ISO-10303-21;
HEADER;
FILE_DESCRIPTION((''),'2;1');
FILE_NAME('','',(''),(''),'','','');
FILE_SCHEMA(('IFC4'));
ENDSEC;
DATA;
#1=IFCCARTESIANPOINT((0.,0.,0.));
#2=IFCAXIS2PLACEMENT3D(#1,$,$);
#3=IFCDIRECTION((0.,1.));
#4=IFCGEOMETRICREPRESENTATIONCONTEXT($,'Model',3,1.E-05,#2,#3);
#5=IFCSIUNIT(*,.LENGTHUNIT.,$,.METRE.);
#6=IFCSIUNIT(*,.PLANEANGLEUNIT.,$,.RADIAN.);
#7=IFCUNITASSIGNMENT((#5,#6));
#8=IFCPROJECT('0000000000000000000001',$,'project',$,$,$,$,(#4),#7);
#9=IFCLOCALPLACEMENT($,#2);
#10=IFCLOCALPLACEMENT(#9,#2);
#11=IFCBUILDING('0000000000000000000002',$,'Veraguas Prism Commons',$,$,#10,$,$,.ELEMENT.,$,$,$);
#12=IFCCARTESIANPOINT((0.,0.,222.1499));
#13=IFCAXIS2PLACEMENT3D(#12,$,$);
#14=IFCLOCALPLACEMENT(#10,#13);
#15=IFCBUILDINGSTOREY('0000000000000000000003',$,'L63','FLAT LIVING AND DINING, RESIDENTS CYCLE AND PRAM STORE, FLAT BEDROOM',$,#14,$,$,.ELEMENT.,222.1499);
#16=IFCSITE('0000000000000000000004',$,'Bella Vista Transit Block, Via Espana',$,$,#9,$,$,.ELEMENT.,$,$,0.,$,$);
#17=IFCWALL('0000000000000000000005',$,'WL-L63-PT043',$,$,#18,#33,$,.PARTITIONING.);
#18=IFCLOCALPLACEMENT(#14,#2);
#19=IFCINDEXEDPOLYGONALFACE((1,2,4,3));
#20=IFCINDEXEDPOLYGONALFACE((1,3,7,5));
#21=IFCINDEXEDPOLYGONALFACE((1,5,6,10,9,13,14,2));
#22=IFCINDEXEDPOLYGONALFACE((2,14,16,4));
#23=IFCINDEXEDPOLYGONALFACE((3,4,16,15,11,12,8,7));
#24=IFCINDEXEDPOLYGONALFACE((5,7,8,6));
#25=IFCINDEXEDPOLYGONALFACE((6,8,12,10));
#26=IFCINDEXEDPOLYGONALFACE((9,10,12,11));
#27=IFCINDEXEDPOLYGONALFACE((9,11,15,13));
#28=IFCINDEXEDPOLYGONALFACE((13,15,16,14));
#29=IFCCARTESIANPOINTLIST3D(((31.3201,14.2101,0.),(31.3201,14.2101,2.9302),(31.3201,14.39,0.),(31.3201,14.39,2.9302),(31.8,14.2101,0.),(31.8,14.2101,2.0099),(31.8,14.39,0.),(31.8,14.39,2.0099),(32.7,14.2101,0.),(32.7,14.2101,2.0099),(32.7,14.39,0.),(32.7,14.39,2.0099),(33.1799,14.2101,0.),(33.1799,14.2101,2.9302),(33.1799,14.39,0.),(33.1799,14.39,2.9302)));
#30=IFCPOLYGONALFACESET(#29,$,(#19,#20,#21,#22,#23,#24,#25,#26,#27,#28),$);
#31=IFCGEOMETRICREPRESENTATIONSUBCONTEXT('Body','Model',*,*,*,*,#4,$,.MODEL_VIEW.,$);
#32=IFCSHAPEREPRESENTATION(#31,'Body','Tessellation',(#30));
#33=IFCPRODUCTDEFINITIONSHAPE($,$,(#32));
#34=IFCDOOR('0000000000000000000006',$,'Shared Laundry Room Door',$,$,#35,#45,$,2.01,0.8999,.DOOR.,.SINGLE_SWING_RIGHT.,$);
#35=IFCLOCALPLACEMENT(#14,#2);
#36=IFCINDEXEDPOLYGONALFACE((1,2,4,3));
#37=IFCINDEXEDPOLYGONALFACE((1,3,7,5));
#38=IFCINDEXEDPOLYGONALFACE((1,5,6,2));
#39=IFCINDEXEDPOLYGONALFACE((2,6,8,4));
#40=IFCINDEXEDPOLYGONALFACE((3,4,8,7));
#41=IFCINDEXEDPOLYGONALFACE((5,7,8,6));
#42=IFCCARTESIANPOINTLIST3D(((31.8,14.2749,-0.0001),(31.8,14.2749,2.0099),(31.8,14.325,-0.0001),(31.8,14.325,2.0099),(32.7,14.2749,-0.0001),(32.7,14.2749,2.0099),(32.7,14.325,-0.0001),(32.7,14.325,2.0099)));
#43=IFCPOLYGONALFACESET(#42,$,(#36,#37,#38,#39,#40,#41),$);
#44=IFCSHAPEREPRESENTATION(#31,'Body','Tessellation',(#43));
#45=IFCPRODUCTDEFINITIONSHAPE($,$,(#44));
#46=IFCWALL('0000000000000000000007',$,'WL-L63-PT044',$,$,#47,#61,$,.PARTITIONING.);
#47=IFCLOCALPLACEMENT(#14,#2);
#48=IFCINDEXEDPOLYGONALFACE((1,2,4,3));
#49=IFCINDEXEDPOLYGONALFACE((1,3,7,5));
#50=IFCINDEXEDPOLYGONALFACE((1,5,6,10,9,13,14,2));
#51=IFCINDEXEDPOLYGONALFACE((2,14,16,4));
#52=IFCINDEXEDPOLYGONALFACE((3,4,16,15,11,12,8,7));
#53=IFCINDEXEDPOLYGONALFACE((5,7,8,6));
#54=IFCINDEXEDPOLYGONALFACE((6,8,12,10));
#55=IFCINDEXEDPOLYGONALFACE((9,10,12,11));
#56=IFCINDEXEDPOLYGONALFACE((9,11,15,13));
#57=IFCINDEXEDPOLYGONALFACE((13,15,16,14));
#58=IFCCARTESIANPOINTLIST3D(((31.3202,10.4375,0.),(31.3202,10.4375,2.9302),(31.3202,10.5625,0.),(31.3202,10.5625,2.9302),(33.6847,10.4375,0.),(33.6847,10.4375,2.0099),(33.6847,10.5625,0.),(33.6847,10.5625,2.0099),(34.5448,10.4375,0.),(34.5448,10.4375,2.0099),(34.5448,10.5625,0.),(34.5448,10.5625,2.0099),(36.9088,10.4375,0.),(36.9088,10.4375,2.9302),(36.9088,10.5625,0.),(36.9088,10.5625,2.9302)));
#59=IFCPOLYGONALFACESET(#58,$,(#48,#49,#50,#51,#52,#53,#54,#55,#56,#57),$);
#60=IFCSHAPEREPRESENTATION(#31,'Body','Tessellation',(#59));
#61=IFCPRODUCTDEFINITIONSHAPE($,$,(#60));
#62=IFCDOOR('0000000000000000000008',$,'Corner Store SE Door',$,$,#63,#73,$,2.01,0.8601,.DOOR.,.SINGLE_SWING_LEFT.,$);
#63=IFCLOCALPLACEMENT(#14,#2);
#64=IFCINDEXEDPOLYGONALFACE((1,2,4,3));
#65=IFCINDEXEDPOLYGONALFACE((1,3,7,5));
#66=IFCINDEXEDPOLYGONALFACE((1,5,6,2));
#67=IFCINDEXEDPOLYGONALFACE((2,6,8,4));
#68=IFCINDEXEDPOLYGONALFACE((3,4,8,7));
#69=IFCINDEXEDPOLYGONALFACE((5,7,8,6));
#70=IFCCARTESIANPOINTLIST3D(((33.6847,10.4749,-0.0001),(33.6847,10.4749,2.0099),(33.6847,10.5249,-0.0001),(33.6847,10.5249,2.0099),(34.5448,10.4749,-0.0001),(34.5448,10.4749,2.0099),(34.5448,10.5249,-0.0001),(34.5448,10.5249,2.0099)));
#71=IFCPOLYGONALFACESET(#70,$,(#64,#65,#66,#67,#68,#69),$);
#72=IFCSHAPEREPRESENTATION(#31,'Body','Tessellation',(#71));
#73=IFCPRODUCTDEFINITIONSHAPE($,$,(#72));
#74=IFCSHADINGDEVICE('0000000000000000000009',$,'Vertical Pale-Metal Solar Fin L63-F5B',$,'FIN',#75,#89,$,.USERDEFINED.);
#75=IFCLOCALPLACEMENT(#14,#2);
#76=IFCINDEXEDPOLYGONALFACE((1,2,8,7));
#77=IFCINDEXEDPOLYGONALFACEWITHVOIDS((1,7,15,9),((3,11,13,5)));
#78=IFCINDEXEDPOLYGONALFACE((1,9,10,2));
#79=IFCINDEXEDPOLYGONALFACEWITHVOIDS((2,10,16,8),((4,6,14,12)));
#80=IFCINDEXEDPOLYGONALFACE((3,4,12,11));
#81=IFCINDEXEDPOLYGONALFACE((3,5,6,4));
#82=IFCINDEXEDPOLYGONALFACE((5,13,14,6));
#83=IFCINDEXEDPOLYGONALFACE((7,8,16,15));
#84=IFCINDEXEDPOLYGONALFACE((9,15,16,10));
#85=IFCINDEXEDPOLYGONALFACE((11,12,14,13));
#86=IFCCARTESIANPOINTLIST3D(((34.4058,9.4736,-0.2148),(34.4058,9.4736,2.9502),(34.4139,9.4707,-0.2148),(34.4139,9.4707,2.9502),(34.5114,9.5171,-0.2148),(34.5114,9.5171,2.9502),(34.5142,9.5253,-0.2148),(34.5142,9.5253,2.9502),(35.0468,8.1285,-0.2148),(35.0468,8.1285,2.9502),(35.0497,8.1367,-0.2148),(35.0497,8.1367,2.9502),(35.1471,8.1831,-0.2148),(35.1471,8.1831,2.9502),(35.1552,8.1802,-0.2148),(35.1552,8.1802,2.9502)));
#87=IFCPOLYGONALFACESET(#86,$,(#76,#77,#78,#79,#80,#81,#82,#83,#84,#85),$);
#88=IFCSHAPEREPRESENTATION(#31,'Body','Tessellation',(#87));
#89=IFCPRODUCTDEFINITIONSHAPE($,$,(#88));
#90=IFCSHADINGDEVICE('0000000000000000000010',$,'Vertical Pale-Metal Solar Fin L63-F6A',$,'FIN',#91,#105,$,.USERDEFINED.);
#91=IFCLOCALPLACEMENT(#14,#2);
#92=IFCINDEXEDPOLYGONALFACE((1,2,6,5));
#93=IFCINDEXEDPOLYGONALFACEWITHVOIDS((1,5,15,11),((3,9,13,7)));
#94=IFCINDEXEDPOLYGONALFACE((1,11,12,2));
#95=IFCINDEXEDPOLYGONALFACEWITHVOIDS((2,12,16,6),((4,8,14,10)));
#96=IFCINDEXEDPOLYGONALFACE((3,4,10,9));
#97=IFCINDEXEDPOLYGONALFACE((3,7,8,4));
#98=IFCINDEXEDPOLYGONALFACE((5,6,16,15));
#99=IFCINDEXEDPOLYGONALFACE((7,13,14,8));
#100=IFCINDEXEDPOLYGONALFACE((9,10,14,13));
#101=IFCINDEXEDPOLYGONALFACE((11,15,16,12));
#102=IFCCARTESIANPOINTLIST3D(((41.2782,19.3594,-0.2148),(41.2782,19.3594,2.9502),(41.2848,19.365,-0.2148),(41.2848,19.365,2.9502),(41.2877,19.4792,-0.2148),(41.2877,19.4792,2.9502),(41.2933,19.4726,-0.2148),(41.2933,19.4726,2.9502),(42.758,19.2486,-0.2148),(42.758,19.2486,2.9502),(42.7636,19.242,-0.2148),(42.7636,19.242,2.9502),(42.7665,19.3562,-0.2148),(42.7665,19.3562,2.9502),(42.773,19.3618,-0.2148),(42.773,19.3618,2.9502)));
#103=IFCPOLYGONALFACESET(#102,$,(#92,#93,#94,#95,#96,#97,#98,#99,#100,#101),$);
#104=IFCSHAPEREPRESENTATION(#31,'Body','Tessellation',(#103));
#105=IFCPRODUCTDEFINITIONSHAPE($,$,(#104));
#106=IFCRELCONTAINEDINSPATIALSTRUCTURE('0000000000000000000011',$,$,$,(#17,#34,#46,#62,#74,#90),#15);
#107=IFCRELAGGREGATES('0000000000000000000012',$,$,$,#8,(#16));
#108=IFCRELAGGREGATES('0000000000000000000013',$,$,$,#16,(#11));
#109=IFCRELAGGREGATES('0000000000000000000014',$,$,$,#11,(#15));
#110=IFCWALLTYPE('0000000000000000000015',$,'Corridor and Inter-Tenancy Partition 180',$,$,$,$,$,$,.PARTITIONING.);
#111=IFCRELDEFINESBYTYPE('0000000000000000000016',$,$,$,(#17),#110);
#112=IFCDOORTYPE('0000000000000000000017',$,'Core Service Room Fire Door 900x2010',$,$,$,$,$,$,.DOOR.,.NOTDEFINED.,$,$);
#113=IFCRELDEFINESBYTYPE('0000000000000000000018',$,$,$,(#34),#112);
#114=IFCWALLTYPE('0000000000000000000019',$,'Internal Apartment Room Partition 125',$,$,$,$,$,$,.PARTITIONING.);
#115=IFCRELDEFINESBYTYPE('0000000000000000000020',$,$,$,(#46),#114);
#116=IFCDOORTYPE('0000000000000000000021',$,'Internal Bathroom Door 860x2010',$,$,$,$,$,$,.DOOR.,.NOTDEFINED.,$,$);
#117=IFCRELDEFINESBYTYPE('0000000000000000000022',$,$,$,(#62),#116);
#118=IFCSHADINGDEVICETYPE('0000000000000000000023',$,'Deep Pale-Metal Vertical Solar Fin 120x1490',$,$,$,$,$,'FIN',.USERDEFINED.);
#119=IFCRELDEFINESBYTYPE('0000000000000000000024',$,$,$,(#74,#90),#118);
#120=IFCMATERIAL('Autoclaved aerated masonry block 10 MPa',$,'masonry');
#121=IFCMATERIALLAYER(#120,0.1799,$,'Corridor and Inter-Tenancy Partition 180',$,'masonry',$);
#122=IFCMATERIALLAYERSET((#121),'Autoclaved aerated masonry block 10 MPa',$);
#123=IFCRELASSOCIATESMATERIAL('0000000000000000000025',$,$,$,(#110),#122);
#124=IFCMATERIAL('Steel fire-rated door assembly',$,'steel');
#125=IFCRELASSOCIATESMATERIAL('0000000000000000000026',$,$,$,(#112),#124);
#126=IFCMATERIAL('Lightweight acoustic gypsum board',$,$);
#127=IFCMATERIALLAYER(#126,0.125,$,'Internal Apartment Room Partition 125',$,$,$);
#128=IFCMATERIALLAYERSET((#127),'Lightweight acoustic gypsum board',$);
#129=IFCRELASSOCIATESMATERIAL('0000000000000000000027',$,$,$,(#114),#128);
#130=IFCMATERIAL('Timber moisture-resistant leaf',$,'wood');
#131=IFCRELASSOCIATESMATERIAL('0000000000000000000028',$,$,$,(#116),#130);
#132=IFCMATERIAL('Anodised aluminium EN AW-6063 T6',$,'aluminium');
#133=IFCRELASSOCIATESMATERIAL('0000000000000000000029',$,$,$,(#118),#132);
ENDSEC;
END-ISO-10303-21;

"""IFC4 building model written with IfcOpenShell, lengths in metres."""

from ifc_helpers import new_model, si_unit, direction, frame, frame_2d, origin, origin_2d, place, context, subcontext, project, spatial, rectangle, hollow_rectangle, extrude, source, transform, mapped, material, layer, layer_set, material_profile, profile_set, type_object, element, fill, save


model = new_model("IFC4")

# Units and contexts
model_context = context("Model", 3, precision=1e-05, world=origin(), true_north=direction((0.0, 1.0)))
body_context = subcontext(model_context, "Body", "Model", "MODEL_VIEW")
ifc_project = project(units=[si_unit("LENGTHUNIT", "METRE"), si_unit("PLANEANGLEUNIT", "RADIAN")], contexts=[model_context])

# Site, building, storey
site_placement = place(None, origin())
site = spatial("IfcSite", under=ifc_project, at=site_placement, Name="Bella Vista Transit Block, Via Espana", CompositionType="ELEMENT", RefElevation=0.0)
building_placement = place(site_placement, origin())
building = spatial("IfcBuilding", under=site, at=building_placement, Name="Veraguas Prism Commons", CompositionType="ELEMENT")
storey_placement = place(building_placement, frame((0.0, 0.0, 222.1499)))
storey = spatial("IfcBuildingStorey", under=building, at=storey_placement, Name="L63", Description="FLAT LIVING AND DINING, RESIDENTS CYCLE AND PRAM STORE, FLAT BEDROOM", CompositionType="ELEMENT", Elevation=222.1499)

# Shared definitions
ifc_material_1 = material(Name="Anodised aluminium EN AW-6063 T6", Category="aluminium")

# Shared definitions
ifc_material_2 = material(Name="Autoclaved aerated masonry block 10 MPa", Category="masonry")
ifc_layer_1 = layer(ifc_material_2, 0.1799, Name="Corridor and Inter-Tenancy Partition 180", Category="masonry")
ifc_layer_set_1 = layer_set([ifc_layer_1], Name="Autoclaved aerated masonry block 10 MPa")
wall_type_1 = type_object("IfcWallType", Name="Corridor and Inter-Tenancy Partition 180", PredefinedType="PARTITIONING", material=ifc_layer_set_1)

# Shared definitions
ifc_material_3 = material(Name="Steel fire-rated door assembly", Category="steel")

# Walls, openings, doors
wall_1_placement = place(storey_placement, frame((31.3201, 14.3, 0.0), z_axis=(0.0, 0.0, 1.0), x_axis=(1.0, 0.0, 0.0)))
wall_1 = element("IfcWall", 1, at=wall_1_placement, inside=storey, type_object=wall_type_1, Name="WL-L63-PT043", PredefinedType="PARTITIONING", context=body_context, shape_type="SweptSolid", body=[
    extrude(rectangle(XDim=1.8599, YDim=0.1799, at=frame_2d((0.9299, 0.0))), origin(), (0.0, 0.0, 1.0), 2.9302),
])
opening_1_placement = place(wall_1_placement, frame((0.48, 0.0, 0.0)))
opening_1 = element("IfcOpeningElement", 2, at=opening_1_placement, cuts=wall_1, PredefinedType="OPENING", context=body_context, shape_type="SweptSolid", body=[
    extrude(rectangle(XDim=0.8999, YDim=2.01, at=frame_2d((0.45, 1.0049))), frame((0.0, 0.0999, 0.0), z_axis=(0.0, -1.0, 0.0), x_axis=(1.0, 0.0, 0.0)), (0.0, 0.0, 1.0), 0.2),
])
door_type_1 = type_object("IfcDoorType", Name="Core Service Room Fire Door 900x2010", OperationType="NOTDEFINED", PredefinedType="DOOR", material=ifc_material_3)
shared_shape_1 = source(origin(), body_context, "Body", "SweptSolid", [
    extrude(rectangle(XDim=0.8999, YDim=2.01, at=frame_2d((0.45, 1.0049))), frame((0.0, 0.0249, 0.0), z_axis=(0.0, -1.0, 0.0), x_axis=(1.0, 0.0, 0.0)), (0.0, 0.0, 1.0), 0.05),
])
door_1_placement = place(opening_1_placement, origin())
door_1 = element("IfcDoor", 3, at=door_1_placement, inside=storey, type_object=door_type_1, Name="Shared Laundry Room Door", OperationType="SINGLE_SWING_RIGHT", OverallHeight=2.01, OverallWidth=0.8999, PredefinedType="DOOR", context=body_context, shape_type="MappedRepresentation", body=[
    mapped(shared_shape_1, transform((0.0, 0.0, 0.0), scale=1.0)),
])
fill(opening_1, door_1)
ifc_material_4 = material(Name="Lightweight acoustic gypsum board")
ifc_layer_2 = layer(ifc_material_4, 0.125, Name="Internal Apartment Room Partition 125")
ifc_layer_set_2 = layer_set([ifc_layer_2], Name="Lightweight acoustic gypsum board")
wall_type_2 = type_object("IfcWallType", Name="Internal Apartment Room Partition 125", PredefinedType="PARTITIONING", material=ifc_layer_set_2)
wall_2_placement = place(storey_placement, frame((31.3201, 10.5, 0.0), z_axis=(0.0, 0.0, 1.0), x_axis=(1.0, 0.0, 0.0)))
wall_2 = element("IfcWall", 4, at=wall_2_placement, inside=storey, type_object=wall_type_2, Name="WL-L63-PT044", PredefinedType="PARTITIONING", context=body_context, shape_type="SweptSolid", body=[
    extrude(rectangle(XDim=5.5886, YDim=0.125, at=frame_2d((2.7944, 0.0))), origin(), (0.0, 0.0, 1.0), 2.9302),
])
opening_2_placement = place(wall_2_placement, frame((2.3645, 0.0, 0.0)))
opening_2 = element("IfcOpeningElement", 5, at=opening_2_placement, cuts=wall_2, PredefinedType="OPENING", context=body_context, shape_type="SweptSolid", body=[
    extrude(rectangle(XDim=0.8601, YDim=2.01, at=frame_2d((0.4302, 1.0049))), frame((0.0, 0.0725, 0.0), z_axis=(0.0, -1.0, 0.0), x_axis=(1.0, 0.0, 0.0)), (0.0, 0.0, 1.0), 0.145),
])
ifc_material_5 = material(Name="Timber moisture-resistant leaf", Category="wood")
door_type_2 = type_object("IfcDoorType", Name="Internal Bathroom Door 860x2010", OperationType="NOTDEFINED", PredefinedType="DOOR", material=ifc_material_5)
shared_shape_2 = source(origin(), body_context, "Body", "SweptSolid", [
    extrude(rectangle(XDim=0.8601, YDim=2.01, at=frame_2d((0.4302, 1.0049))), frame((0.0, 0.0249, 0.0), z_axis=(0.0, -1.0, 0.0), x_axis=(1.0, 0.0, 0.0)), (0.0, 0.0, 1.0), 0.05),
])
door_2_placement = place(opening_2_placement, origin())
door_2 = element("IfcDoor", 6, at=door_2_placement, inside=storey, type_object=door_type_2, Name="Corner Store SE Door", OperationType="SINGLE_SWING_LEFT", OverallHeight=2.01, OverallWidth=0.8601, PredefinedType="DOOR", context=body_context, shape_type="MappedRepresentation", body=[
    mapped(shared_shape_2, transform((0.0, 0.0, 0.0), scale=1.0)),
])
fill(opening_2, door_2)

# Shading devices
ifc_material_profile_1 = material_profile(ifc_material_1, hollow_rectangle(XDim=0.1201, YDim=1.49, WallThickness=0.0061, at=origin_2d()), Name="FIN120X1490X6")
ifc_profile_set_1 = profile_set([ifc_material_profile_1], Name="Anodised aluminium EN AW-6063 T6")
shading_device_type = type_object("IfcShadingDeviceType", Name="Deep Pale-Metal Vertical Solar Fin 120x1490", ElementType="FIN", PredefinedType="USERDEFINED", material=ifc_profile_set_1)
for number, where, z_axis, x_axis, name in (
    (7, (34.7805, 8.8269, -0.2148), (0.0, 0.0, 1.0), (0.902735, 0.430198, 0.0), "Vertical Pale-Metal Solar Fin L63-F5B"),
    (8, (42.0256, 19.3606, -0.2148), (0.0, 0.0, 1.0), (0.078809, 0.99689, 0.0), "Vertical Pale-Metal Solar Fin L63-F6A"),
):
    element("IfcShadingDevice", number, at=place(storey_placement, frame(where, z_axis=z_axis, x_axis=x_axis)), inside=storey, type_object=shading_device_type, Name=name, ObjectType="FIN", PredefinedType="USERDEFINED", context=body_context, shape_type="SweptSolid", body=[
        extrude(hollow_rectangle(XDim=0.1201, YDim=1.49, WallThickness=0.0061, at=origin_2d()), origin(), (0.0, 0.0, 1.0), 3.165),
    ])

save(model, "model.ifc")
